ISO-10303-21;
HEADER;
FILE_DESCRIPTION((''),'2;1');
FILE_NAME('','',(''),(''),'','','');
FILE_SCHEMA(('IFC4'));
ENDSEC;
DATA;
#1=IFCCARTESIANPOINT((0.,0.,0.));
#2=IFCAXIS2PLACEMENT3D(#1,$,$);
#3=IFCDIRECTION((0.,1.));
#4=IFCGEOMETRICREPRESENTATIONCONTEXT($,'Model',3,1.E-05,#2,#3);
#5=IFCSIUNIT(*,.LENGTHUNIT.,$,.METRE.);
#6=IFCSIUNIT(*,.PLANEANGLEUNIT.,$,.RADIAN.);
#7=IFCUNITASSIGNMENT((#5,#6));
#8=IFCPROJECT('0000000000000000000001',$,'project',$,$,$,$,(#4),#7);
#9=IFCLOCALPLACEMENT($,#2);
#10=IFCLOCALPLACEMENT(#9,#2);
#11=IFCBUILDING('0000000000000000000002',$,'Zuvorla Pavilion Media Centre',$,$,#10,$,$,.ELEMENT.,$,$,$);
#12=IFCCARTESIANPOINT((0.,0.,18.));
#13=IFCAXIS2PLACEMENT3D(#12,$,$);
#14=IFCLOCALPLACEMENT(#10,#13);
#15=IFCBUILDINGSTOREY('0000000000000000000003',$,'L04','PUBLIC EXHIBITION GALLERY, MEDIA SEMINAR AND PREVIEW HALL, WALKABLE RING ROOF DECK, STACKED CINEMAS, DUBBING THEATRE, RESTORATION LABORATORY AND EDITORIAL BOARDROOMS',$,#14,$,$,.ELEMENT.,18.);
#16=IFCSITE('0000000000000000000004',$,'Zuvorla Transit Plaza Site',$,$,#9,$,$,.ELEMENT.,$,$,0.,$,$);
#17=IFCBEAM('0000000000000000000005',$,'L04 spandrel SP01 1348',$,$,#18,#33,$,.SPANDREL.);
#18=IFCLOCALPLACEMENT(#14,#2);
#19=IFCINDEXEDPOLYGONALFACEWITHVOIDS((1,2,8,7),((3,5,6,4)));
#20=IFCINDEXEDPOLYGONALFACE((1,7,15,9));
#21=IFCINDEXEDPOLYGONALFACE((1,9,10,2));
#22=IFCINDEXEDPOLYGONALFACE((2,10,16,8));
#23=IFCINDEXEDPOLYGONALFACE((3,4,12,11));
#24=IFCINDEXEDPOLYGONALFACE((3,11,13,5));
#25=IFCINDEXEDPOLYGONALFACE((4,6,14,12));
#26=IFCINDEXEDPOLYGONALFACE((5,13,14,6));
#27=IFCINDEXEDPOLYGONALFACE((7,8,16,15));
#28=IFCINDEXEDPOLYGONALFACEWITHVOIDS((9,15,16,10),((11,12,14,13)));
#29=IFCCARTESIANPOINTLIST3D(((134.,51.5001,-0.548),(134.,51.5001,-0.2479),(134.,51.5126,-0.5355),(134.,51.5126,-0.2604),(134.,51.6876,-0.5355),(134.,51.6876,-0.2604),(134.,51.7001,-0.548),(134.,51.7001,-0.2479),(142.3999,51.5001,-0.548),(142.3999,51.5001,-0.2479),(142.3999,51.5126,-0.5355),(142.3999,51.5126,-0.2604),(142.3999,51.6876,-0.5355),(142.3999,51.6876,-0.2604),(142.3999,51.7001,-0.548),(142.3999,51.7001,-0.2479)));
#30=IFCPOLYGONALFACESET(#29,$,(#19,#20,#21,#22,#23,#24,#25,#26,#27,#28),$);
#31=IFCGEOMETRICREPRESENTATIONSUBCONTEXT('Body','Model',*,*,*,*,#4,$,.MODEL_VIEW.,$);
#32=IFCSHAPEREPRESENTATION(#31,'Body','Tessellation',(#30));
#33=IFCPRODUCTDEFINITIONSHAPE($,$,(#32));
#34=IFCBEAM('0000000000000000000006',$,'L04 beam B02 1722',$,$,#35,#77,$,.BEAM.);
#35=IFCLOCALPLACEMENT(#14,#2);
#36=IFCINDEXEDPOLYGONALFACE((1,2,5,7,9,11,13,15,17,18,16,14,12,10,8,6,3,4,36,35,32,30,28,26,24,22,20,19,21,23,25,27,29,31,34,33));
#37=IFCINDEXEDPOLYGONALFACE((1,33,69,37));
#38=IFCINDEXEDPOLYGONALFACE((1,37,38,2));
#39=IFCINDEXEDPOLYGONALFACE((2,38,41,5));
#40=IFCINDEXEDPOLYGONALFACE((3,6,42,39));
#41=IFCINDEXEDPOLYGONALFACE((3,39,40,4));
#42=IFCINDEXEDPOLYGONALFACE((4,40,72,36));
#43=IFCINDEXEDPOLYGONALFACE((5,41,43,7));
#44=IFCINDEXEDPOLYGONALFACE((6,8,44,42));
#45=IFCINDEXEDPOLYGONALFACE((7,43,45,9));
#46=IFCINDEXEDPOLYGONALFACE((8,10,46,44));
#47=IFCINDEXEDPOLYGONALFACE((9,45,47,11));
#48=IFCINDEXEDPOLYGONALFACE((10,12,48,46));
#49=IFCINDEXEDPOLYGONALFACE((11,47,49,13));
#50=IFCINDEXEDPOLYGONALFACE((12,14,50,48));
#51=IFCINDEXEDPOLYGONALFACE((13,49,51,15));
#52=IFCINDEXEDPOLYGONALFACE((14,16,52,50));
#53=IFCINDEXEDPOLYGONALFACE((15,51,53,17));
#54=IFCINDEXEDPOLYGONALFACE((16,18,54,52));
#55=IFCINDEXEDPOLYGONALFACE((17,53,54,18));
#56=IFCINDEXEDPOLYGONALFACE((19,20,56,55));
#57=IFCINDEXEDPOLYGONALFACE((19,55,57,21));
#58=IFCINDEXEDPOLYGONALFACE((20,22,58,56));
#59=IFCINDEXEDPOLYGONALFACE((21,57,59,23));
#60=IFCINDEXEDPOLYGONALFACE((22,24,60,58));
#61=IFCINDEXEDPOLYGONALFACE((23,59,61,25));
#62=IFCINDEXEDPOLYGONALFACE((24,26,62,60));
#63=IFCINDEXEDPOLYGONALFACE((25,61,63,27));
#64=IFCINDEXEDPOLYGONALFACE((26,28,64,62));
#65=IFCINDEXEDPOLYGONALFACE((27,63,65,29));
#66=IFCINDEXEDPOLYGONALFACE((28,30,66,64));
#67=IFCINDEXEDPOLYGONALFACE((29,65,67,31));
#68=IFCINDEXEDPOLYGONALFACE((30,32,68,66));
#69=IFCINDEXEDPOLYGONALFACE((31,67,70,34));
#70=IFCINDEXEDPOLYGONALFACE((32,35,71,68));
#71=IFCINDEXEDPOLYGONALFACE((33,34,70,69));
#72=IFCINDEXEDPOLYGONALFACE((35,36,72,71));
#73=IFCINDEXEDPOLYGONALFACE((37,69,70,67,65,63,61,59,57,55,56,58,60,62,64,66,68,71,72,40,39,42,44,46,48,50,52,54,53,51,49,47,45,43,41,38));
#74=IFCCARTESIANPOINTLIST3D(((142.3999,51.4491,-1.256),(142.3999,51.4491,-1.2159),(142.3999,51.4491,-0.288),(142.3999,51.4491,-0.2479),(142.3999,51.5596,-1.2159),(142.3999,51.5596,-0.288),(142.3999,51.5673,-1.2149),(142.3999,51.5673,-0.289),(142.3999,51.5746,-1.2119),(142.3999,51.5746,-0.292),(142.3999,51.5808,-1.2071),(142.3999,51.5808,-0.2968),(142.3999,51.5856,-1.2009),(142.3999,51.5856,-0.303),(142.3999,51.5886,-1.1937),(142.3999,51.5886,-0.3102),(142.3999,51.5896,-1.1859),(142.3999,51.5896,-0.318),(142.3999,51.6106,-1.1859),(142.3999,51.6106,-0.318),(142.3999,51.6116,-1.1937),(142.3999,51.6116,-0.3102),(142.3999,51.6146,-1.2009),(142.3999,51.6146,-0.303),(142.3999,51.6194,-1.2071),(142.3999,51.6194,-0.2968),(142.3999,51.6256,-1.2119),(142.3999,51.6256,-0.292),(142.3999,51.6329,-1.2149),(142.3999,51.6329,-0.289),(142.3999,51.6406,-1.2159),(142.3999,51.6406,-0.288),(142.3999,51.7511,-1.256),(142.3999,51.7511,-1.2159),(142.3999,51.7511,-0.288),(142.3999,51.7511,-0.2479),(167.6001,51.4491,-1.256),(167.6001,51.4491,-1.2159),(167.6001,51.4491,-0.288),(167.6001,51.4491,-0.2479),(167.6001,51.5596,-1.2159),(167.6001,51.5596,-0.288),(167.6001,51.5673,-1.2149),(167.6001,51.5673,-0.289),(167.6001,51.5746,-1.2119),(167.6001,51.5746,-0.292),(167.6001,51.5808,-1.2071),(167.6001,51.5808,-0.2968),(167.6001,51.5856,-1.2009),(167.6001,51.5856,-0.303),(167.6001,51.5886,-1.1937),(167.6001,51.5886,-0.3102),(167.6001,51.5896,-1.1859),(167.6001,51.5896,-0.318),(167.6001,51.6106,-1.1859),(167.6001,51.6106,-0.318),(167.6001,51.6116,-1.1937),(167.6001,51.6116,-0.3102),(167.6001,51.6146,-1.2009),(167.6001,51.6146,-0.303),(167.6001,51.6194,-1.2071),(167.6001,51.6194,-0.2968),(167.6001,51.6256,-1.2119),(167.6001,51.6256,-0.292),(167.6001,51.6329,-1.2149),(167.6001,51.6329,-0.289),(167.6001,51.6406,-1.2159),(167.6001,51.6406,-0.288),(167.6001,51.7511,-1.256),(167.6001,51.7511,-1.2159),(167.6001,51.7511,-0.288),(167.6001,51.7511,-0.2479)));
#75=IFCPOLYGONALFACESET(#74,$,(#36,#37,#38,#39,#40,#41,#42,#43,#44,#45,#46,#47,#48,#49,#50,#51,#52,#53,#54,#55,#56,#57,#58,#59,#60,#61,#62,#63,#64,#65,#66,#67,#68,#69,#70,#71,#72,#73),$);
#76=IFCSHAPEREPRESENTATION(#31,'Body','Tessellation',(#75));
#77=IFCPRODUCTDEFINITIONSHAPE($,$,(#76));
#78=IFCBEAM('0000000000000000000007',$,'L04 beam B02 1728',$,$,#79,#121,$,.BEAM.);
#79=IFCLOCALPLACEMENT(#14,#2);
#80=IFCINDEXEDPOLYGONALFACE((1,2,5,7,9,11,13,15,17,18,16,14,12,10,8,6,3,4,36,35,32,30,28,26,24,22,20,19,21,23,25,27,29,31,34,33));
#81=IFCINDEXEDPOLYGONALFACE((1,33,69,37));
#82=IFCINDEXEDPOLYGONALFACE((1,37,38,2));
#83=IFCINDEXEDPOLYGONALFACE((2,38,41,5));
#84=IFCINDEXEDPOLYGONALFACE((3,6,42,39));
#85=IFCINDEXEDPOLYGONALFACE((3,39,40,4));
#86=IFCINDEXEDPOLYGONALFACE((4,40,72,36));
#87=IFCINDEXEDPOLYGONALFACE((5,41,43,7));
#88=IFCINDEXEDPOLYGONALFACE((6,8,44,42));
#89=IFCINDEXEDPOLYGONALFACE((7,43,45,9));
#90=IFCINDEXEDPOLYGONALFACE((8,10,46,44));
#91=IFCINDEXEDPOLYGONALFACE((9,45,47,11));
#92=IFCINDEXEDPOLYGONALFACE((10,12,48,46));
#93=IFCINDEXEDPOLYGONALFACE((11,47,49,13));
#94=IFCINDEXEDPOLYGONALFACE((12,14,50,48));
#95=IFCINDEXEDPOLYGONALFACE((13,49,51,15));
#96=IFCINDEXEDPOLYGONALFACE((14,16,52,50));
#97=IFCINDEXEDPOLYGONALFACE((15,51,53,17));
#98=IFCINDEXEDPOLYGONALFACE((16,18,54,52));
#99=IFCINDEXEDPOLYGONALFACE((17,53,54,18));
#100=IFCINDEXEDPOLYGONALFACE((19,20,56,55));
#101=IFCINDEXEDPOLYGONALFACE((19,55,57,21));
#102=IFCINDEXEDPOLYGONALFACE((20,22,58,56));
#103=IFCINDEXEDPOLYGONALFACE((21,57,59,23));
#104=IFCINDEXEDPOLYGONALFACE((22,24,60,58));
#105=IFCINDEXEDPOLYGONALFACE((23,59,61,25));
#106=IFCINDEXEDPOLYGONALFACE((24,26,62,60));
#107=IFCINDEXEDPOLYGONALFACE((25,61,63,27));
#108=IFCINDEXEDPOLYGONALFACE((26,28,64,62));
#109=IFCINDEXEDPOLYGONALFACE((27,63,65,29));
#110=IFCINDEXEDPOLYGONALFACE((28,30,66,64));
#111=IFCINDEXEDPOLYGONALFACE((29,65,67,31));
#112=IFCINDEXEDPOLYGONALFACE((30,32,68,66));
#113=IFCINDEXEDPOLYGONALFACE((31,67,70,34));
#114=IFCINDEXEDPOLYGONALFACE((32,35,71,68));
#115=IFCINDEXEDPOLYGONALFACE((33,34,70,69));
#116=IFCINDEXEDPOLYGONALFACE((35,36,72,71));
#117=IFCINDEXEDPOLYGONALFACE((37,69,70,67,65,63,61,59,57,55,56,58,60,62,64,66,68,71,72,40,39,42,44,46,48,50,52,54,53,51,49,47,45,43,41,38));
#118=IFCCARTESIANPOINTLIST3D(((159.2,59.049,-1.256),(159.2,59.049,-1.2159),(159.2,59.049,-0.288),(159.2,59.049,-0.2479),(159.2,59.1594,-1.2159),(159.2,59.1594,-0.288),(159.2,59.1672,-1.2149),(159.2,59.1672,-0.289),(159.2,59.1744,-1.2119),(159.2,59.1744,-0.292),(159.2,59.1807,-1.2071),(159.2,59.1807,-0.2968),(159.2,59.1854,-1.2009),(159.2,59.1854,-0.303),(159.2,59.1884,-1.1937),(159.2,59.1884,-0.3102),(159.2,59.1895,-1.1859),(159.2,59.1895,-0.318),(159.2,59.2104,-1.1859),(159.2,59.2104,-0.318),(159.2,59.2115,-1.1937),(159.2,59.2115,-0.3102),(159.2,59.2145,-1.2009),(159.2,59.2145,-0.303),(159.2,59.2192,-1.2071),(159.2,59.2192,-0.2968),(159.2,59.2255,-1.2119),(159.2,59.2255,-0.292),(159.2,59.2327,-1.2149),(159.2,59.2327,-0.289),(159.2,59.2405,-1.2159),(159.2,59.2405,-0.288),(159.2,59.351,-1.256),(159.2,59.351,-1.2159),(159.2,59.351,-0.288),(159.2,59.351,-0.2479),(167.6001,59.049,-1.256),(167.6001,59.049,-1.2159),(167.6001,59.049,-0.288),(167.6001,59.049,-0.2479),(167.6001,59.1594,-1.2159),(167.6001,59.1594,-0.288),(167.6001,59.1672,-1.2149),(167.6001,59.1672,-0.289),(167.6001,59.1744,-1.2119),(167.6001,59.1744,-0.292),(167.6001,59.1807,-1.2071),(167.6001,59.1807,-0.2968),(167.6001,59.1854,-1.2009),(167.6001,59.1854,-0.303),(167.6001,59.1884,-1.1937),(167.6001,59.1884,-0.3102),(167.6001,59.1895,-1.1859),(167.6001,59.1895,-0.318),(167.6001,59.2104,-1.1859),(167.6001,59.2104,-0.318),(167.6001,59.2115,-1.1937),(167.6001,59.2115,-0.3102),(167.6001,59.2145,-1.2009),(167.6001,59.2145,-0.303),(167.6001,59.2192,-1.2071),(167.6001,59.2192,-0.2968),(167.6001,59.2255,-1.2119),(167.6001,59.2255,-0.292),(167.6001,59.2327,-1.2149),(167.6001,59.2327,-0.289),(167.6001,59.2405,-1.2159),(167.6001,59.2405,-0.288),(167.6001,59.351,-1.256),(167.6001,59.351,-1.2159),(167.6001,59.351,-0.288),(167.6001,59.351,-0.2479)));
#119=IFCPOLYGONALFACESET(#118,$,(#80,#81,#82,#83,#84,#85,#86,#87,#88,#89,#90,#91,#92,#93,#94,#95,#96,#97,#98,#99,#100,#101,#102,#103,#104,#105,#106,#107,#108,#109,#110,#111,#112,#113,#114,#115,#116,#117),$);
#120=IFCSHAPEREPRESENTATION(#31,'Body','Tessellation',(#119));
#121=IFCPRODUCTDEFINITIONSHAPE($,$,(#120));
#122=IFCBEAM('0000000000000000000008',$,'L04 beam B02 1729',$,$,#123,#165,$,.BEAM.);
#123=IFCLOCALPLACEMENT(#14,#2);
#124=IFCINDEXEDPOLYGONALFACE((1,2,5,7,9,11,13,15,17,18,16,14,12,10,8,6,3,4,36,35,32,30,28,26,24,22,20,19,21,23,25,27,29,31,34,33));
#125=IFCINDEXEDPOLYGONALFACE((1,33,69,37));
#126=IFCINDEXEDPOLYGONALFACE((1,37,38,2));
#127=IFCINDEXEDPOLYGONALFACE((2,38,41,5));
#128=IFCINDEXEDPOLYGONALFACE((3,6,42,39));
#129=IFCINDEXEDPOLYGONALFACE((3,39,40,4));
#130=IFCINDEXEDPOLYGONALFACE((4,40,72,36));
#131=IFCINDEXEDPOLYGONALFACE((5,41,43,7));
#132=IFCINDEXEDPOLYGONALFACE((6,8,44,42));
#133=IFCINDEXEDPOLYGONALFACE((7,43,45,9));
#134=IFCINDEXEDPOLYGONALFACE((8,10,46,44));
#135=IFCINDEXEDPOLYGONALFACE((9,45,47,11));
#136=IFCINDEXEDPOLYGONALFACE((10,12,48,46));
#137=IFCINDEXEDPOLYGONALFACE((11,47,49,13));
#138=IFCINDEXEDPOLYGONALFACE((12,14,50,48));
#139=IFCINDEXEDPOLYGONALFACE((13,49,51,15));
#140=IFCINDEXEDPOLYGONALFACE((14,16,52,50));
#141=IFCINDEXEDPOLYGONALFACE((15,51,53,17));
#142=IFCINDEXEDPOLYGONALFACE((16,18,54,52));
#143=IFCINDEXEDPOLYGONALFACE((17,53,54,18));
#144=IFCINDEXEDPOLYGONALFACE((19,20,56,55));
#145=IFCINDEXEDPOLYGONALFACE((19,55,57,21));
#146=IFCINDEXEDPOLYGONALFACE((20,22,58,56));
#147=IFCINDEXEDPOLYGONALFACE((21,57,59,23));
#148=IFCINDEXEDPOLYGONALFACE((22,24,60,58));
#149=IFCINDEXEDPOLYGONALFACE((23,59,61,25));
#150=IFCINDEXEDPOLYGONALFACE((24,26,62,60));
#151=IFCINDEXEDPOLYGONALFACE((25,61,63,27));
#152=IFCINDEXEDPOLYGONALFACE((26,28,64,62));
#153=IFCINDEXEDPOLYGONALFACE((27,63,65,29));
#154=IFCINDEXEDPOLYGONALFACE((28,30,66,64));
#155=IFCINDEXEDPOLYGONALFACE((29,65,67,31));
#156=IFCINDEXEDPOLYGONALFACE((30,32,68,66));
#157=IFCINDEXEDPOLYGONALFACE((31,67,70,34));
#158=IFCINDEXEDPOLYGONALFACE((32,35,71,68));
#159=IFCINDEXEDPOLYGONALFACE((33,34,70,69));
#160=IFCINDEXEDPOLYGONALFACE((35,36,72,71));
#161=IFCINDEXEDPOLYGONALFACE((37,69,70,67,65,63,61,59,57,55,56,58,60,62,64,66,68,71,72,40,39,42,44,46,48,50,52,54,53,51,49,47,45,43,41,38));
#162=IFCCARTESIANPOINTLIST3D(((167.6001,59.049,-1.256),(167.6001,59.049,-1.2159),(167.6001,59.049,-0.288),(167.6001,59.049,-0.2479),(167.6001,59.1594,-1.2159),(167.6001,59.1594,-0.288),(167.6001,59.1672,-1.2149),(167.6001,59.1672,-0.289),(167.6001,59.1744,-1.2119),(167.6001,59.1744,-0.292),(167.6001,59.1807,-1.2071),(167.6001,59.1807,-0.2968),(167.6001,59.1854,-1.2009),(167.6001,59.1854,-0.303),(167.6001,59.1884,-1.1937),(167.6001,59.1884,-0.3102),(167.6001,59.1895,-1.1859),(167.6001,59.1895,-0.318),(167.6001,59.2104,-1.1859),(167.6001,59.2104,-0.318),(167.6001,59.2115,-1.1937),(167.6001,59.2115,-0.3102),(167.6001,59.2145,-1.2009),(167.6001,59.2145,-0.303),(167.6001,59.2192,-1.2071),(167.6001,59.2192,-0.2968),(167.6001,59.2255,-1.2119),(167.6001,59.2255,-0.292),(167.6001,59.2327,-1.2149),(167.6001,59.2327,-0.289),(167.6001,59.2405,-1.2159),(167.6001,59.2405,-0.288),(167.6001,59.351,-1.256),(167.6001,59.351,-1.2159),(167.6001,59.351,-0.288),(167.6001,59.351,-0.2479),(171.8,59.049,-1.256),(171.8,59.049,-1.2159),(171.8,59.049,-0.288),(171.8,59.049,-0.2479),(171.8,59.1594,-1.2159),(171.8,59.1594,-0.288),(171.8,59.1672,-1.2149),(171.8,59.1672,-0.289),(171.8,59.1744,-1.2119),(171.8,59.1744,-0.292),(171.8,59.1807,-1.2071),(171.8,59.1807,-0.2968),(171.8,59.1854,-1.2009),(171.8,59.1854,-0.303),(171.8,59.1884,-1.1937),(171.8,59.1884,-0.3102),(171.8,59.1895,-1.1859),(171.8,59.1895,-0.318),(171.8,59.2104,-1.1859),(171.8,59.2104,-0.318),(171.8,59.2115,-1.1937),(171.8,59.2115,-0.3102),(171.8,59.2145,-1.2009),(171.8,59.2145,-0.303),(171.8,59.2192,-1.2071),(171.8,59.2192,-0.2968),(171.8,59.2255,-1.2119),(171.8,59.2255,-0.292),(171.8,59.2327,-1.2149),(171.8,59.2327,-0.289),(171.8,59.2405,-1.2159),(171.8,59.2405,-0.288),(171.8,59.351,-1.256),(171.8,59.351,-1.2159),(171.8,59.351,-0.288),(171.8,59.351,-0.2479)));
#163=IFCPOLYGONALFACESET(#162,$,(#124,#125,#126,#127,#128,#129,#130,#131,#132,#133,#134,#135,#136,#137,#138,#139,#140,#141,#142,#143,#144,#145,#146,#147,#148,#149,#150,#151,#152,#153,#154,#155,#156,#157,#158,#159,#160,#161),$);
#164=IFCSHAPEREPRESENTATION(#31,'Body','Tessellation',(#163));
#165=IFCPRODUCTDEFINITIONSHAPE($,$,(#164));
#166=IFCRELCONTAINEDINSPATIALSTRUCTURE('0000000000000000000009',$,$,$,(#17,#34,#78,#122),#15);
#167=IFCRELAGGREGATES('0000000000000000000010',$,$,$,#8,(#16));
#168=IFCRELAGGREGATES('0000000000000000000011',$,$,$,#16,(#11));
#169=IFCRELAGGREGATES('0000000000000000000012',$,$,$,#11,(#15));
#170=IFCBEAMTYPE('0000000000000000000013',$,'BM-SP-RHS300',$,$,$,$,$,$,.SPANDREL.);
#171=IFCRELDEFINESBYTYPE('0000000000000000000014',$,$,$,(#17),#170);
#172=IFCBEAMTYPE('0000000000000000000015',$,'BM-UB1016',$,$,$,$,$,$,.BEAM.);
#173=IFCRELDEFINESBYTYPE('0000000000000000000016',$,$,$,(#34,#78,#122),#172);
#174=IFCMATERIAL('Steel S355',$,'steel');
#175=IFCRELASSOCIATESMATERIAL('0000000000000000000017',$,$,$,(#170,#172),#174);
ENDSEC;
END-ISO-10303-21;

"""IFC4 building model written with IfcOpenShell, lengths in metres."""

from ifc_helpers import new_model, si_unit, direction, frame, origin, origin_2d, place, context, subcontext, project, spatial, hollow_rectangle, i_section, extrude, material, material_profile, profile_set, type_object, element, save


model = new_model("IFC4")

# Units and contexts
model_context = context("Model", 3, precision=1e-05, world=origin(), true_north=direction((0.0, 1.0)))
body_context = subcontext(model_context, "Body", "Model", "MODEL_VIEW")
ifc_project = project(units=[si_unit("LENGTHUNIT", "METRE"), si_unit("PLANEANGLEUNIT", "RADIAN")], contexts=[model_context])

# Site, building, storey
site_placement = place(None, origin())
site = spatial("IfcSite", under=ifc_project, at=site_placement, Name="Zuvorla Transit Plaza Site", CompositionType="ELEMENT", RefElevation=0.0)
building_placement = place(site_placement, origin())
building = spatial("IfcBuilding", under=site, at=building_placement, Name="Zuvorla Pavilion Media Centre", CompositionType="ELEMENT")
storey_placement = place(building_placement, frame((0.0, 0.0, 18.0)))
storey = spatial("IfcBuildingStorey", under=building, at=storey_placement, Name="L04", Description="PUBLIC EXHIBITION GALLERY, MEDIA SEMINAR AND PREVIEW HALL, WALKABLE RING ROOF DECK, STACKED CINEMAS, DUBBING THEATRE, RESTORATION LABORATORY AND EDITORIAL BOARDROOMS", CompositionType="ELEMENT", Elevation=18.0)

# Beams
ifc_material = material(Name="Steel S355", Category="steel")
ifc_material_profile_1 = material_profile(ifc_material, hollow_rectangle(XDim=0.2, YDim=0.3, WallThickness=0.0125, at=origin_2d()), Name="RHS 300x200x12.5")
ifc_profile_set_1 = profile_set([ifc_material_profile_1], Name="Steel S355")
beam_type_1 = type_object("IfcBeamType", Name="BM-SP-RHS300", PredefinedType="SPANDREL", material=ifc_profile_set_1)
beam_1_placement = place(storey_placement, frame((134.0, 51.6001, -0.3979), z_axis=(1.0, 0.0, 0.0), x_axis=(0.0, 1.0, 0.0)))
element("IfcBeam", 1, at=beam_1_placement, inside=storey, type_object=beam_type_1, Name="L04 spandrel SP01 1348", PredefinedType="SPANDREL", context=body_context, shape_type="SweptSolid", body=[
    extrude(hollow_rectangle(XDim=0.2, YDim=0.3, WallThickness=0.0125, at=origin_2d()), origin(), (0.0, 0.0, 1.0), 8.3999),
])
ifc_material_profile_2 = material_profile(ifc_material, i_section(OverallWidth=0.302, OverallDepth=1.0081, WebThickness=0.021, FlangeThickness=0.04, FilletRadius=0.03, at=origin_2d()), Name="UB 1016x305x349")
ifc_profile_set_2 = profile_set([ifc_material_profile_2], Name="Steel S355")
beam_type_2 = type_object("IfcBeamType", Name="BM-UB1016", PredefinedType="BEAM", material=ifc_profile_set_2)
beam_2_placement = place(storey_placement, frame((142.3999, 51.6001, -0.752), z_axis=(1.0, 0.0, 0.0), x_axis=(0.0, 1.0, 0.0)))
element("IfcBeam", 2, at=beam_2_placement, inside=storey, type_object=beam_type_2, Name="L04 beam B02 1722", PredefinedType="BEAM", context=body_context, shape_type="SweptSolid", body=[
    extrude(i_section(OverallWidth=0.302, OverallDepth=1.0081, WebThickness=0.021, FlangeThickness=0.04, FilletRadius=0.03, at=origin_2d()), origin(), (0.0, 0.0, 1.0), 25.2002),
])
beam_3_placement = place(storey_placement, frame((159.2, 59.2, -0.752), z_axis=(1.0, 0.0, 0.0), x_axis=(0.0, 1.0, 0.0)))
element("IfcBeam", 3, at=beam_3_placement, inside=storey, type_object=beam_type_2, Name="L04 beam B02 1728", PredefinedType="BEAM", context=body_context, shape_type="SweptSolid", body=[
    extrude(i_section(OverallWidth=0.302, OverallDepth=1.0081, WebThickness=0.021, FlangeThickness=0.04, FilletRadius=0.03, at=origin_2d()), origin(), (0.0, 0.0, 1.0), 8.4001),
])
beam_4_placement = place(storey_placement, frame((167.6001, 59.2, -0.752), z_axis=(1.0, 0.0, 0.0), x_axis=(0.0, 1.0, 0.0)))
element("IfcBeam", 4, at=beam_4_placement, inside=storey, type_object=beam_type_2, Name="L04 beam B02 1729", PredefinedType="BEAM", context=body_context, shape_type="SweptSolid", body=[
    extrude(i_section(OverallWidth=0.302, OverallDepth=1.0081, WebThickness=0.021, FlangeThickness=0.04, FilletRadius=0.03, at=origin_2d()), origin(), (0.0, 0.0, 1.0), 4.2),
])

save(model, "model.ifc")
